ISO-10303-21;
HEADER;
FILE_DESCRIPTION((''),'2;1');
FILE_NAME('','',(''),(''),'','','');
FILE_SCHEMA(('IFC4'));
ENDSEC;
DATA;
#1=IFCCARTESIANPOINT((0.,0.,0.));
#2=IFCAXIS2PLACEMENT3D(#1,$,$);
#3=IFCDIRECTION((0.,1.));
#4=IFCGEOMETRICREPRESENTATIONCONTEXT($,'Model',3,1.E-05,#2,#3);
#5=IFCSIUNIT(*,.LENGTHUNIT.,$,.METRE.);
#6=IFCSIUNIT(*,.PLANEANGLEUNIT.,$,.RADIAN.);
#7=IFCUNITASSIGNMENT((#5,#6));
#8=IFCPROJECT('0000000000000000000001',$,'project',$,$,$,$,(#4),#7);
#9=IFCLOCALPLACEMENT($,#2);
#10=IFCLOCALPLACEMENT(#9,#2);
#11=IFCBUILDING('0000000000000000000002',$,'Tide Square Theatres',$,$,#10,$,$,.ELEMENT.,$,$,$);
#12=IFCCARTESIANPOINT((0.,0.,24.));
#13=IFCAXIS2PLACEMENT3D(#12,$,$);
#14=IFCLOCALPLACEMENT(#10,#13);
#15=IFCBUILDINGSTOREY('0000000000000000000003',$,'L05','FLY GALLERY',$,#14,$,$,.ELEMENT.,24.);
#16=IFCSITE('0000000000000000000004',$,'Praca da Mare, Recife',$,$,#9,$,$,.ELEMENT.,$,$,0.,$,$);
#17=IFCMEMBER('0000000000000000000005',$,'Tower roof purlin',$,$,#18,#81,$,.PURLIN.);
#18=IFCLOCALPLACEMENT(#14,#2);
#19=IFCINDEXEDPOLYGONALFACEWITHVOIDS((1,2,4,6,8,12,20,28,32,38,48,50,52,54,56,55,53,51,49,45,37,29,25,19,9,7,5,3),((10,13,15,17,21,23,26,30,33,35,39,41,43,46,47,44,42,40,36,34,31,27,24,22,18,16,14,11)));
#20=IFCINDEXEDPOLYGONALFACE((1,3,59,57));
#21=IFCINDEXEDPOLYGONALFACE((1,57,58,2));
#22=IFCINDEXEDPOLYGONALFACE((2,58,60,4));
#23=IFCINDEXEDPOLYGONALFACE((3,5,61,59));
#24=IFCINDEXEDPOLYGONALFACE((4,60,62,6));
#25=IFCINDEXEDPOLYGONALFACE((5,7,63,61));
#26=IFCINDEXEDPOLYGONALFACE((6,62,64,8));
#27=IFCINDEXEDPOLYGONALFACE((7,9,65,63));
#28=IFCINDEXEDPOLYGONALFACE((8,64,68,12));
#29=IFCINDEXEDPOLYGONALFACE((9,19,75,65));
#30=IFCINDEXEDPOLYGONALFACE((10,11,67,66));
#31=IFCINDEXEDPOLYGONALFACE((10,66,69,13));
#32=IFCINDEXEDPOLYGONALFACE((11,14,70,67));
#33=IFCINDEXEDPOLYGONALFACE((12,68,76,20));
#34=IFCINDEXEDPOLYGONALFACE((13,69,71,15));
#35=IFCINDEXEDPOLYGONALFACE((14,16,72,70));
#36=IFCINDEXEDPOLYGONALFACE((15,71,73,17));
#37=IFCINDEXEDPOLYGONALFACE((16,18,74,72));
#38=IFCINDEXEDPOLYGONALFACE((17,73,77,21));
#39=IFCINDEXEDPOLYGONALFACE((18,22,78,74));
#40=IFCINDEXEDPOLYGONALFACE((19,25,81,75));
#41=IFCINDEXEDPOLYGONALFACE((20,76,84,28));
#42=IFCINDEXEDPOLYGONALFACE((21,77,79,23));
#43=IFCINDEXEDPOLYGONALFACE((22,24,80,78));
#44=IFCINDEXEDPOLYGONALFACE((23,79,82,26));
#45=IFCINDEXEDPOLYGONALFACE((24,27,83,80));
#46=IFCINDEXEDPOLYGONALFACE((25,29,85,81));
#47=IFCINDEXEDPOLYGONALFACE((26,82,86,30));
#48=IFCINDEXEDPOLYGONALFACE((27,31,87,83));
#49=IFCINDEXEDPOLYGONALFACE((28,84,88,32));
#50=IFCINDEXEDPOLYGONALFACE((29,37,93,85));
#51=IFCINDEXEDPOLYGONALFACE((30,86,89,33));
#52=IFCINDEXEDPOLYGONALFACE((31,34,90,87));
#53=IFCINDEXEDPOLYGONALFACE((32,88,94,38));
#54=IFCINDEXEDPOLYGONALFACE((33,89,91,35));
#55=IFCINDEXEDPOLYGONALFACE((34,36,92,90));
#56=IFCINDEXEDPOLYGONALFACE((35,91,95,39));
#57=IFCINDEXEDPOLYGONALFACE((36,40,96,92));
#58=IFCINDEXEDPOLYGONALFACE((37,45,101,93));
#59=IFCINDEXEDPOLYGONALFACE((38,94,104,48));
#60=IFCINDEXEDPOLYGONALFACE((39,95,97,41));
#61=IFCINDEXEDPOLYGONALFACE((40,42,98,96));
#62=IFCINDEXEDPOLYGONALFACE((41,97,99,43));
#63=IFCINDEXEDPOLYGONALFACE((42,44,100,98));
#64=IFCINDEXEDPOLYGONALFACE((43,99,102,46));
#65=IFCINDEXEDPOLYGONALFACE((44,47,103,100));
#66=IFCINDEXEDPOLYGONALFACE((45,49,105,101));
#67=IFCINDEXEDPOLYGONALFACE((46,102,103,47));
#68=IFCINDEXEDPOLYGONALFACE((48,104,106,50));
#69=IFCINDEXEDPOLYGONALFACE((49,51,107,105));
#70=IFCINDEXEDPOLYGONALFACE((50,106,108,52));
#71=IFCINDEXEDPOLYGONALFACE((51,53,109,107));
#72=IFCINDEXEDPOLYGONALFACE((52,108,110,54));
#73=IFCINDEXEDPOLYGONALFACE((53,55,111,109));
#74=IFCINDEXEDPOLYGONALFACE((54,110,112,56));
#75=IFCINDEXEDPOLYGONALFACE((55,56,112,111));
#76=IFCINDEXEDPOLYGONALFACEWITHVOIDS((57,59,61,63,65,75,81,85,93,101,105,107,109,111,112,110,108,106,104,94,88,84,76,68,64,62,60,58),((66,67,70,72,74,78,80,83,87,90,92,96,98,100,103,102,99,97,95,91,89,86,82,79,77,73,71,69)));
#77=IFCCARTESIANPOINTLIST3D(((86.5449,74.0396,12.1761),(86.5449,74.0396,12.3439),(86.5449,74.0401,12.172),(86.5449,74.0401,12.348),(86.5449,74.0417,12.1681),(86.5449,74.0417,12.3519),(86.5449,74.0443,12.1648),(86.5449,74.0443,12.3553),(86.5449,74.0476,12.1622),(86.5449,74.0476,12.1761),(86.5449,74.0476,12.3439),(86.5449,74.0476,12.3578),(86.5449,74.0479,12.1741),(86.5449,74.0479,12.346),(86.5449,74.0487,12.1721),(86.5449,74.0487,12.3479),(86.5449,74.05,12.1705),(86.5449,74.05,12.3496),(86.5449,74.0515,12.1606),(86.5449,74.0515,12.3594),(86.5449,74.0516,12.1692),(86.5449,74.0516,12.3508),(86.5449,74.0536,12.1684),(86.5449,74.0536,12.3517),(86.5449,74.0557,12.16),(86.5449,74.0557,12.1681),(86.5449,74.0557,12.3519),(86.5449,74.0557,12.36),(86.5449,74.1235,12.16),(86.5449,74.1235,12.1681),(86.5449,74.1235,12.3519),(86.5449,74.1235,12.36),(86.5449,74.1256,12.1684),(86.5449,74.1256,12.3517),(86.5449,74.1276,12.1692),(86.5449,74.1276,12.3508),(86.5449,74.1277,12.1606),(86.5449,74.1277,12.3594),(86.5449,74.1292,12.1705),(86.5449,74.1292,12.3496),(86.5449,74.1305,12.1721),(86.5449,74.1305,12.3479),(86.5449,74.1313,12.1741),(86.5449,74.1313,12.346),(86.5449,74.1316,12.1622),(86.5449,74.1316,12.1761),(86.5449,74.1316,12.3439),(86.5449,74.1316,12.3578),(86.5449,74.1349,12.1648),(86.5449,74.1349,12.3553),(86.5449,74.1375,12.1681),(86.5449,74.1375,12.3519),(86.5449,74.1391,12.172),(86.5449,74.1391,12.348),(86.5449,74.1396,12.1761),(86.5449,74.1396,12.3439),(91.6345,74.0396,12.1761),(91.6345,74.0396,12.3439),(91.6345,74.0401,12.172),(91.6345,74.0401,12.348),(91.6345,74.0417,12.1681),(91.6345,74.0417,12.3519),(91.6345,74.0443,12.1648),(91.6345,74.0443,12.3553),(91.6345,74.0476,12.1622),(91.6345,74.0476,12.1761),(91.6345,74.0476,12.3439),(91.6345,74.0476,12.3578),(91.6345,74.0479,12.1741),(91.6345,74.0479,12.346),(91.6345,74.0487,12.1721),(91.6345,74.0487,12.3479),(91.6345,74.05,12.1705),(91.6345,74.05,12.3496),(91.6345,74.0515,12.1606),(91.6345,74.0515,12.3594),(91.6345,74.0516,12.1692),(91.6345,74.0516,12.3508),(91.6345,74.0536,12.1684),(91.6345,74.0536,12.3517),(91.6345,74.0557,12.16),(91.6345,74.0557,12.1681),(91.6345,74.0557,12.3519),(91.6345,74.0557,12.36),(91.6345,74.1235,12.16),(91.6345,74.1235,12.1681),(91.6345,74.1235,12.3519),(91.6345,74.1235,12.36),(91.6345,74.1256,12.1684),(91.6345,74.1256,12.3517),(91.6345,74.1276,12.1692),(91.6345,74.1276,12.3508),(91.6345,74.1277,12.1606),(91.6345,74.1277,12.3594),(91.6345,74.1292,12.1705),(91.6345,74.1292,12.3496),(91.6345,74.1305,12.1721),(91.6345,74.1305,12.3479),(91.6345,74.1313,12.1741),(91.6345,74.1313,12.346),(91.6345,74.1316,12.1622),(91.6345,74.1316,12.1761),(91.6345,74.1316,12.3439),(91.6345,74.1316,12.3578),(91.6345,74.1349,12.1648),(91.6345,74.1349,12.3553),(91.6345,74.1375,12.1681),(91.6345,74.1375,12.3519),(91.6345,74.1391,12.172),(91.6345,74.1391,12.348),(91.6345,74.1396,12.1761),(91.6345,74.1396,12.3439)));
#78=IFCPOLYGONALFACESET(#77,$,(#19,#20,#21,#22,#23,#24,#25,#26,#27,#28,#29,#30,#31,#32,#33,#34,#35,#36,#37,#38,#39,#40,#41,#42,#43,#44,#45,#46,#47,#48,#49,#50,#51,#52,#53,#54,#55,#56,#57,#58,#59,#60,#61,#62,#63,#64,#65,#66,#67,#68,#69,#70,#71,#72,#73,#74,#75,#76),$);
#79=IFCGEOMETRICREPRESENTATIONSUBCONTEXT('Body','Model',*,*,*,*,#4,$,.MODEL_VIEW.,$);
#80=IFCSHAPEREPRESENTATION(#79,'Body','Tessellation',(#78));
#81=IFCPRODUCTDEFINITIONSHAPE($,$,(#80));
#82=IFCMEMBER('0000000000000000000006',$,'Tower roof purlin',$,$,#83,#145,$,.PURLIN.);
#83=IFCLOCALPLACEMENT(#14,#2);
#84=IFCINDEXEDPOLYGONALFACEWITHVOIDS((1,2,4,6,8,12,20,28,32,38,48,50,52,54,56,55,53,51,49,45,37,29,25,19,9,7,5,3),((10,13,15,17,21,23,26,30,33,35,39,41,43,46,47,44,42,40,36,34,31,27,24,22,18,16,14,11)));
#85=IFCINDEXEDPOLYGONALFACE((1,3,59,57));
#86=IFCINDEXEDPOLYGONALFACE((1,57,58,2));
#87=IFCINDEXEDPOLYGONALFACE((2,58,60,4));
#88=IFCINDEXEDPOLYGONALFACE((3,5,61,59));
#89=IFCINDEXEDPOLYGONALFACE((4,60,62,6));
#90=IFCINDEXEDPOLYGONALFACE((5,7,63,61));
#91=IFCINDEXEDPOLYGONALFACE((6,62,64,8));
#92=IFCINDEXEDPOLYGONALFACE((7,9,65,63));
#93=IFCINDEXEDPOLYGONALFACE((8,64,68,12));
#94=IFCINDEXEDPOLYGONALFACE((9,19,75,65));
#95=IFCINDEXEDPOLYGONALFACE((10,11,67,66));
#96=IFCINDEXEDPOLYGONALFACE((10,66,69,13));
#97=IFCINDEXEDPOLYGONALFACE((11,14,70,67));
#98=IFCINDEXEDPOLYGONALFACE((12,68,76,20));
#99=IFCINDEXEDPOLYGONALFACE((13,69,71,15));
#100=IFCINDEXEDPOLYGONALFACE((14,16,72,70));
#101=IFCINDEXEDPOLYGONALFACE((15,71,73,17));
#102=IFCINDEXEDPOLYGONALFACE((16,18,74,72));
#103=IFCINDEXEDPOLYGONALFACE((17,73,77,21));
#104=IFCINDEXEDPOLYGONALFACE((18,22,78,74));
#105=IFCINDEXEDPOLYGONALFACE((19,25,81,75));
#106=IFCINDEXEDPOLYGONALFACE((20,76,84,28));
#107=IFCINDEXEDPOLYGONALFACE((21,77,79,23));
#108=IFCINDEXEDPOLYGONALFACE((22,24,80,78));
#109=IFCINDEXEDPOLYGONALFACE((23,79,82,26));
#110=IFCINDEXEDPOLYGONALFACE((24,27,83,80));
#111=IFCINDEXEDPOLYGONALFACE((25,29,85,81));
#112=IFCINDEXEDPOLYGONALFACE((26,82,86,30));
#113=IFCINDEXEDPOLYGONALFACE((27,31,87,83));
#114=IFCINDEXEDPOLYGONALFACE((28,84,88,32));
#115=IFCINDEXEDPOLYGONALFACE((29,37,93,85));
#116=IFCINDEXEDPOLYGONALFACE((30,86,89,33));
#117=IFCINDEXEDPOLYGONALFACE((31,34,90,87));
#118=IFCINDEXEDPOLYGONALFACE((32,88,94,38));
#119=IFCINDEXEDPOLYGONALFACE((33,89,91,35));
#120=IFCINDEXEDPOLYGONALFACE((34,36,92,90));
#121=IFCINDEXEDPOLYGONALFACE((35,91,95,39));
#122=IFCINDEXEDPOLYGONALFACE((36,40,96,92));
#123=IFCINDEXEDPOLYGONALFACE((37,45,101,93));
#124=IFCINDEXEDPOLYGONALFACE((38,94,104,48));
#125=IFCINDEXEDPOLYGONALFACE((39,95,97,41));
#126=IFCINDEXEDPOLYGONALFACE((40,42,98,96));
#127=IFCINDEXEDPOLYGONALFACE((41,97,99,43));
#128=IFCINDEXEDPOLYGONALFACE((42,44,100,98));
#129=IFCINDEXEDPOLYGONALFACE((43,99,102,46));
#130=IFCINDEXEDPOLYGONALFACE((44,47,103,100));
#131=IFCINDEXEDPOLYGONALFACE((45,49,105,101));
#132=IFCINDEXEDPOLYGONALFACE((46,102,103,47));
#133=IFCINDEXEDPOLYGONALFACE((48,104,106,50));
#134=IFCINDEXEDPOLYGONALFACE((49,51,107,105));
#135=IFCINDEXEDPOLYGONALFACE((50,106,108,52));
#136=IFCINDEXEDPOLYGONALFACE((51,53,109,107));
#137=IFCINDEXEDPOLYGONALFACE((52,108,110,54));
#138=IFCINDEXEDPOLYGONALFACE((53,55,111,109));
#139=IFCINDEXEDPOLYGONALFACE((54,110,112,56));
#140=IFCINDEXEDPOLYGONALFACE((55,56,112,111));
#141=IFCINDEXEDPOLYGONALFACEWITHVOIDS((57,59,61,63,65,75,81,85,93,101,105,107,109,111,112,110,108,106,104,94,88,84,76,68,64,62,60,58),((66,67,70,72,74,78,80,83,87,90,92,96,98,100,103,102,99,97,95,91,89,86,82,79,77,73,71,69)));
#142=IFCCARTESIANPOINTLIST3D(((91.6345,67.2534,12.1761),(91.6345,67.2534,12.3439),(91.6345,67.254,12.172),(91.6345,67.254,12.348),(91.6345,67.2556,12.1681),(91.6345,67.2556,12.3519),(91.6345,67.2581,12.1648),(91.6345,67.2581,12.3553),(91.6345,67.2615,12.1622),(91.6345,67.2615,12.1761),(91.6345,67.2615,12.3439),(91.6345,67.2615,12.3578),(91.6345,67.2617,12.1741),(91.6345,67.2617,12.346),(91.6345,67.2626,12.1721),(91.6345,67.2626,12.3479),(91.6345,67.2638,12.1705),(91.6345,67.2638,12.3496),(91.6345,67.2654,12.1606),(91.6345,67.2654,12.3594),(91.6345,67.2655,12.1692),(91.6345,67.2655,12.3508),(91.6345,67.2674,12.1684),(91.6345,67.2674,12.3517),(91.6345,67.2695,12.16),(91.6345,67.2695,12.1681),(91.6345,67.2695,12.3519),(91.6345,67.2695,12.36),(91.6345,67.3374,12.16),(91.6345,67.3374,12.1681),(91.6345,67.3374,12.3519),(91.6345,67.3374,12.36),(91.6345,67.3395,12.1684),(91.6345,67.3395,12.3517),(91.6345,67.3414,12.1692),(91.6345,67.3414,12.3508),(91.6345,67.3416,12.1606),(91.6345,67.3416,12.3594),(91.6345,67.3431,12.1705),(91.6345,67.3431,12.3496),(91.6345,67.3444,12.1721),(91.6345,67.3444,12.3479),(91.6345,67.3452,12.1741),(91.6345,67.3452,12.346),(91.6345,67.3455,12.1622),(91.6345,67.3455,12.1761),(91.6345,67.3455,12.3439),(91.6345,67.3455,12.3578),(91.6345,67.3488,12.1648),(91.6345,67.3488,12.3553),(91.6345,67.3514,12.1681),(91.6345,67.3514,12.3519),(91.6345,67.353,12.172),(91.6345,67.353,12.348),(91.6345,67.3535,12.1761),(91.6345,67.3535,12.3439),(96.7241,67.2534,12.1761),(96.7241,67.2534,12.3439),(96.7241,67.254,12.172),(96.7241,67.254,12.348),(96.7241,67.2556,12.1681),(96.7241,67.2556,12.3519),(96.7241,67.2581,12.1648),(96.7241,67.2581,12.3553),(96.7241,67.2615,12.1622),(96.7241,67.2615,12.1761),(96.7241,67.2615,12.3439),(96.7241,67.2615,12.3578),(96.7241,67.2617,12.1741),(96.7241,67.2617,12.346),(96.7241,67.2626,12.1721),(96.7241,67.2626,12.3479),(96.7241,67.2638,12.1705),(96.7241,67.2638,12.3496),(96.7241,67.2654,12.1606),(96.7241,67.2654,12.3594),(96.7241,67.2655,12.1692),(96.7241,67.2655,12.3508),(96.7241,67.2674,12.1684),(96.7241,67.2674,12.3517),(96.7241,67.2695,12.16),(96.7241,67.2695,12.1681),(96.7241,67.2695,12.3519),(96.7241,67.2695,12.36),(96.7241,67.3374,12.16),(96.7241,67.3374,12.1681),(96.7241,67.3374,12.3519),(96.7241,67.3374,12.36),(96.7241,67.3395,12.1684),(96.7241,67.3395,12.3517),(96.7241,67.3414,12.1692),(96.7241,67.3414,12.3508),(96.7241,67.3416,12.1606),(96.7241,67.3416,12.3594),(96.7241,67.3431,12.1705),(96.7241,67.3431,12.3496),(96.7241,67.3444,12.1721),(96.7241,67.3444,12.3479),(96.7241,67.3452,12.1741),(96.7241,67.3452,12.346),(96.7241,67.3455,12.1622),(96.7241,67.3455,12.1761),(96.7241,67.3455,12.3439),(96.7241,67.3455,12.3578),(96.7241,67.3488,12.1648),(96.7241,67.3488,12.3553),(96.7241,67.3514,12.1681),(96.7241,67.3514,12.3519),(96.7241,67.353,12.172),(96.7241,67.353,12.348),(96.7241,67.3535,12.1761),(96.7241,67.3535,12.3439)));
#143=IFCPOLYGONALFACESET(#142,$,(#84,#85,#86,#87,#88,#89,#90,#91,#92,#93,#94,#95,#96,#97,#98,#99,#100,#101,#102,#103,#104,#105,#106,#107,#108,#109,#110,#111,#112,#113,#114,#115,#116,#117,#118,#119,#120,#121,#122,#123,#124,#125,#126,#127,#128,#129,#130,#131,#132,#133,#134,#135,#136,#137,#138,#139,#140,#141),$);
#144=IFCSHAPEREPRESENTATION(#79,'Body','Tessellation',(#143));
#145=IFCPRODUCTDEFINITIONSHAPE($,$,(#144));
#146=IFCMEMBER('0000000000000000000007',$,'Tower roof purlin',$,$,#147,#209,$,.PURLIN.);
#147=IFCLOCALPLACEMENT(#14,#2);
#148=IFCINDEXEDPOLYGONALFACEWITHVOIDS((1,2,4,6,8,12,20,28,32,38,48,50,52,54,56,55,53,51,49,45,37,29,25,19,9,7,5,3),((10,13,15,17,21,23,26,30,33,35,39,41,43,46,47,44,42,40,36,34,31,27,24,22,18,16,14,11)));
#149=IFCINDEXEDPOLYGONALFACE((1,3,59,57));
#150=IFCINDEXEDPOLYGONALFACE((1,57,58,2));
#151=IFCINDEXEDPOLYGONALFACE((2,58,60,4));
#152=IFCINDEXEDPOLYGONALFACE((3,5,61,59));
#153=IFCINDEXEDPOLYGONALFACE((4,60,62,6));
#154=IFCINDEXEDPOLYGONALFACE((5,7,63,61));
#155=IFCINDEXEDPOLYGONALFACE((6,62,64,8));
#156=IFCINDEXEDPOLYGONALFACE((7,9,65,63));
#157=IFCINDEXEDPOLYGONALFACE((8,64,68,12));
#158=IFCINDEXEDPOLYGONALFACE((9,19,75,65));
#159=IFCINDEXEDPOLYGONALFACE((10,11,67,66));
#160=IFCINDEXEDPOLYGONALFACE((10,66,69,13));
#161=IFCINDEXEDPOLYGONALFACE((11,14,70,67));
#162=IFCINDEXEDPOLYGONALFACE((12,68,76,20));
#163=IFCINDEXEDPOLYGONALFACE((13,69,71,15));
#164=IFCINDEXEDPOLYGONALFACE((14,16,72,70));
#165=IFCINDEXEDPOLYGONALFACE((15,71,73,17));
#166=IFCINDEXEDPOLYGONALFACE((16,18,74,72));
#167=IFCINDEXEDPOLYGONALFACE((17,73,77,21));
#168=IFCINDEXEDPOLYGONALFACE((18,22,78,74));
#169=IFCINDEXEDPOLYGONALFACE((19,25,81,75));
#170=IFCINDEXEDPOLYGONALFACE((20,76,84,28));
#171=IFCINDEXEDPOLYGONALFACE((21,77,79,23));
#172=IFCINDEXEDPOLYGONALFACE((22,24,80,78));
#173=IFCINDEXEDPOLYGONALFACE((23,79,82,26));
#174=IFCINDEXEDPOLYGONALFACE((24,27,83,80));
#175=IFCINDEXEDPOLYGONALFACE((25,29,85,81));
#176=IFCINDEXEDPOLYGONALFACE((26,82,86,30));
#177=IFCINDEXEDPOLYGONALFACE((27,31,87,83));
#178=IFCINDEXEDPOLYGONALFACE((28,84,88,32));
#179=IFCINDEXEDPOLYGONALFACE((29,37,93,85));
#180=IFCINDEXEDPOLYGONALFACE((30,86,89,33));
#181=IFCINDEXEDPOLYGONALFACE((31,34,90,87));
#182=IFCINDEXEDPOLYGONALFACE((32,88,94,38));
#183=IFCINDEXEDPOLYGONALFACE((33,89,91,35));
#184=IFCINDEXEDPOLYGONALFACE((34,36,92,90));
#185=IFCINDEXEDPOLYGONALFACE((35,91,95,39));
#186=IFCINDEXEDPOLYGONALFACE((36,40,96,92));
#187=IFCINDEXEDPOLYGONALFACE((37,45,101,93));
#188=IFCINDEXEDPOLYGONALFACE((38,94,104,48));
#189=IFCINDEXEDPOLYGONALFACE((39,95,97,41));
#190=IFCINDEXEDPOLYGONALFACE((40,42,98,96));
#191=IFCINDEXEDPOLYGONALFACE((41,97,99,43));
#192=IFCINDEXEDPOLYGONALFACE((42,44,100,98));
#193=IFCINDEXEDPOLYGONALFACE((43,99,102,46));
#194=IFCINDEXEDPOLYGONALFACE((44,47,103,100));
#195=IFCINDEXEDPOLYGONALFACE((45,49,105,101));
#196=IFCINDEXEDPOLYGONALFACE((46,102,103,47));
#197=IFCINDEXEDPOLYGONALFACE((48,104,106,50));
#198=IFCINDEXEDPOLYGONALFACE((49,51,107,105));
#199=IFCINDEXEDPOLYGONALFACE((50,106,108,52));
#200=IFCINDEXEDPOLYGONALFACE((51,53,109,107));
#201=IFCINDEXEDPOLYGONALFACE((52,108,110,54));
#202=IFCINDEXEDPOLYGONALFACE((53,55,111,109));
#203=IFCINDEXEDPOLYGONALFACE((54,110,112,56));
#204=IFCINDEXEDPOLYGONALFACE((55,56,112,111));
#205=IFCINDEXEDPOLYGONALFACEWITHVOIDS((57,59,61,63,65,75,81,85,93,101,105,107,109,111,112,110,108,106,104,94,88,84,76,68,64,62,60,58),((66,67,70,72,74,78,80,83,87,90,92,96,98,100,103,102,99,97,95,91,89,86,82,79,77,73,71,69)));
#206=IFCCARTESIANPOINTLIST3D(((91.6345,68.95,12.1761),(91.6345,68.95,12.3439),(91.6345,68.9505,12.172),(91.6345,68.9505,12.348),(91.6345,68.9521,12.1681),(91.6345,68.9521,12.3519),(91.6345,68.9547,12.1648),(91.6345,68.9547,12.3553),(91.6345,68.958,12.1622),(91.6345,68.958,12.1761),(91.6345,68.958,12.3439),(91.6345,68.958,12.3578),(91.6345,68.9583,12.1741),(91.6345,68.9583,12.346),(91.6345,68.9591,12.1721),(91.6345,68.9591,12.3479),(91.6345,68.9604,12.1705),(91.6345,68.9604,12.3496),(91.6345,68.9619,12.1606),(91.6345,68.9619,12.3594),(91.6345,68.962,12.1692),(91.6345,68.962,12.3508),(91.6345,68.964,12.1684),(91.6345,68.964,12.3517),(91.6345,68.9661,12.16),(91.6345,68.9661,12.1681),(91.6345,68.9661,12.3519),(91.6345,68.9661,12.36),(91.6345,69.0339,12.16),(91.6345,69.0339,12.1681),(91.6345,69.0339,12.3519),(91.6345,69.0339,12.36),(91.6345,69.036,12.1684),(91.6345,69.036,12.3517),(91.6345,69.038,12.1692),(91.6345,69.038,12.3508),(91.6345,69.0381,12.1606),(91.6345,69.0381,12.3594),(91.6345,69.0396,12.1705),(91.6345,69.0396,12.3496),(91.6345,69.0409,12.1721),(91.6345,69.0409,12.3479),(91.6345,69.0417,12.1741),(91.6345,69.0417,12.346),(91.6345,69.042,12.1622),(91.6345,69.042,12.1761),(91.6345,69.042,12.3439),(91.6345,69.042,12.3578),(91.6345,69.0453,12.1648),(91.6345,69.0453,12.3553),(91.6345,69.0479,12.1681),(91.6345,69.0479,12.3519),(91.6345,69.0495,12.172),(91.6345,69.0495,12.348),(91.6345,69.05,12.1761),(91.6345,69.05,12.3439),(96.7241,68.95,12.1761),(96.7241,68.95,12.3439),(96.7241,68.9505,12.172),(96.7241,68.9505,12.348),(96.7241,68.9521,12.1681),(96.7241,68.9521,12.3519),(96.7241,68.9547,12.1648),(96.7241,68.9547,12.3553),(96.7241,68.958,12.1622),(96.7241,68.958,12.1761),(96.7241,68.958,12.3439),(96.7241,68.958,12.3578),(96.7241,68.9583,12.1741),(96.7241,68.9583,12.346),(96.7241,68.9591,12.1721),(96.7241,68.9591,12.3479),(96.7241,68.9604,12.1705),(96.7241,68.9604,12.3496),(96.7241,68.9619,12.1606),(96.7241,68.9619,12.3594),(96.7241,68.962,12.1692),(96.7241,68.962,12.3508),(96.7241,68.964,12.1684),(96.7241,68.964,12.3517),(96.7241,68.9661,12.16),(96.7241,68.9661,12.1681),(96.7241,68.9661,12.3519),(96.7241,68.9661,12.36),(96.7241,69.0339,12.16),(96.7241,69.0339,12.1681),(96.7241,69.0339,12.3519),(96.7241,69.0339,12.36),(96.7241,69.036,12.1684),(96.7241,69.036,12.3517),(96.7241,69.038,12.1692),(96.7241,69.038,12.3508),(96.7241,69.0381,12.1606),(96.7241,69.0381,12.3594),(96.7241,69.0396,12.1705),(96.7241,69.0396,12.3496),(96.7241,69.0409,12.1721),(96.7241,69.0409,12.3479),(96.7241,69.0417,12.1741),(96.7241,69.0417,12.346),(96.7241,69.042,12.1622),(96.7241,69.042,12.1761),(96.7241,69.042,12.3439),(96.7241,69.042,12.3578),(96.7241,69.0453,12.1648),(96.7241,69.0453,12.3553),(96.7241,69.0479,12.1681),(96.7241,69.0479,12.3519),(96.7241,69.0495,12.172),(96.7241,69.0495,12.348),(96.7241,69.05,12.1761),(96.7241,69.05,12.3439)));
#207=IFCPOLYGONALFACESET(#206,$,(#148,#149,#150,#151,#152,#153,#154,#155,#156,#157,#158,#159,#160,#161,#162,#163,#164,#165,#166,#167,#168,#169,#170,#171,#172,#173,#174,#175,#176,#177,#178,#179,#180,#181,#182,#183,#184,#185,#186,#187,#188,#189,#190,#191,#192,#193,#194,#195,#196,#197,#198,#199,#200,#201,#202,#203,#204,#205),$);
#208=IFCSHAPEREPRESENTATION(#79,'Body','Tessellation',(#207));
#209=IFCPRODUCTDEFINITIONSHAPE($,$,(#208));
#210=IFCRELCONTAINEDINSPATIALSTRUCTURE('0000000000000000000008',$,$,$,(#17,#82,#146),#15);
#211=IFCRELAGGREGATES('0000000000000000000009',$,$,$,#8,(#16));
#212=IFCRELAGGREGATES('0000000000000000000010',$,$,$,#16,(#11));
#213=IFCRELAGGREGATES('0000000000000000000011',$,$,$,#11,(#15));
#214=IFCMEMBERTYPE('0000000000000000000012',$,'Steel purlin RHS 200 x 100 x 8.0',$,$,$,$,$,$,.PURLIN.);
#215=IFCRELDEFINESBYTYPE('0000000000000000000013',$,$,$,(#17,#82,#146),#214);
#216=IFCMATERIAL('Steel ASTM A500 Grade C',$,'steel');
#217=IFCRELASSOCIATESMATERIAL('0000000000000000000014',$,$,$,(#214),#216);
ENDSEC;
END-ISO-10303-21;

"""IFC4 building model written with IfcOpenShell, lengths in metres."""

from ifc_helpers import new_model, si_unit, direction, frame, origin, origin_2d, place, context, subcontext, project, spatial, hollow_rectangle, extrude, material, material_profile, profile_set, type_object, element, save


model = new_model("IFC4")

# Units and contexts
model_context = context("Model", 3, precision=1e-05, world=origin(), true_north=direction((0.0, 1.0)))
body_context = subcontext(model_context, "Body", "Model", "MODEL_VIEW")
ifc_project = project(units=[si_unit("LENGTHUNIT", "METRE"), si_unit("PLANEANGLEUNIT", "RADIAN")], contexts=[model_context])

# Site, building, storey
site_placement = place(None, origin())
site = spatial("IfcSite", under=ifc_project, at=site_placement, Name="Praca da Mare, Recife", CompositionType="ELEMENT", RefElevation=0.0)
building_placement = place(site_placement, origin())
building = spatial("IfcBuilding", under=site, at=building_placement, Name="Tide Square Theatres", CompositionType="ELEMENT")
storey_placement = place(building_placement, frame((0.0, 0.0, 24.0)))
storey = spatial("IfcBuildingStorey", under=building, at=storey_placement, Name="L05", Description="FLY GALLERY", CompositionType="ELEMENT", Elevation=24.0)

# Members
ifc_material_1 = material(Name="Steel ASTM A500 Grade C", Category="steel")
ifc_material_profile_1 = material_profile(ifc_material_1, hollow_rectangle(XDim=0.1001, YDim=0.2, WallThickness=0.0081, InnerFilletRadius=0.0081, OuterFilletRadius=0.0161, at=origin_2d()))
ifc_profile_set_1 = profile_set([ifc_material_profile_1], Name="Steel ASTM A500 Grade C")
member_type = type_object("IfcMemberType", Name="Steel purlin RHS 200 x 100 x 8.0", PredefinedType="PURLIN", material=ifc_profile_set_1)
for number, where, z_axis, x_axis, name in (
    (1, (86.5449, 74.0896, 12.26), (1.0, 0.0, 0.0), (0.0, 1.0, 0.0), "Tower roof purlin"),
    (2, (91.6345, 67.3035, 12.26), (1.0, 0.0, 0.0), (0.0, 1.0, 0.0), "Tower roof purlin"),
    (3, (91.6345, 69.0, 12.26), (1.0, 0.0, 0.0), (0.0, 1.0, 0.0), "Tower roof purlin"),
):
    element("IfcMember", number, at=place(storey_placement, frame(where, z_axis=z_axis, x_axis=x_axis)), inside=storey, type_object=member_type, Name=name, PredefinedType="PURLIN", context=body_context, shape_type="SweptSolid", body=[
        extrude(hollow_rectangle(XDim=0.1001, YDim=0.2, WallThickness=0.0081, InnerFilletRadius=0.0081, OuterFilletRadius=0.0161, at=origin_2d()), origin(), (0.0, 0.0, 1.0), 5.0896),
    ])

save(model, "model.ifc")
